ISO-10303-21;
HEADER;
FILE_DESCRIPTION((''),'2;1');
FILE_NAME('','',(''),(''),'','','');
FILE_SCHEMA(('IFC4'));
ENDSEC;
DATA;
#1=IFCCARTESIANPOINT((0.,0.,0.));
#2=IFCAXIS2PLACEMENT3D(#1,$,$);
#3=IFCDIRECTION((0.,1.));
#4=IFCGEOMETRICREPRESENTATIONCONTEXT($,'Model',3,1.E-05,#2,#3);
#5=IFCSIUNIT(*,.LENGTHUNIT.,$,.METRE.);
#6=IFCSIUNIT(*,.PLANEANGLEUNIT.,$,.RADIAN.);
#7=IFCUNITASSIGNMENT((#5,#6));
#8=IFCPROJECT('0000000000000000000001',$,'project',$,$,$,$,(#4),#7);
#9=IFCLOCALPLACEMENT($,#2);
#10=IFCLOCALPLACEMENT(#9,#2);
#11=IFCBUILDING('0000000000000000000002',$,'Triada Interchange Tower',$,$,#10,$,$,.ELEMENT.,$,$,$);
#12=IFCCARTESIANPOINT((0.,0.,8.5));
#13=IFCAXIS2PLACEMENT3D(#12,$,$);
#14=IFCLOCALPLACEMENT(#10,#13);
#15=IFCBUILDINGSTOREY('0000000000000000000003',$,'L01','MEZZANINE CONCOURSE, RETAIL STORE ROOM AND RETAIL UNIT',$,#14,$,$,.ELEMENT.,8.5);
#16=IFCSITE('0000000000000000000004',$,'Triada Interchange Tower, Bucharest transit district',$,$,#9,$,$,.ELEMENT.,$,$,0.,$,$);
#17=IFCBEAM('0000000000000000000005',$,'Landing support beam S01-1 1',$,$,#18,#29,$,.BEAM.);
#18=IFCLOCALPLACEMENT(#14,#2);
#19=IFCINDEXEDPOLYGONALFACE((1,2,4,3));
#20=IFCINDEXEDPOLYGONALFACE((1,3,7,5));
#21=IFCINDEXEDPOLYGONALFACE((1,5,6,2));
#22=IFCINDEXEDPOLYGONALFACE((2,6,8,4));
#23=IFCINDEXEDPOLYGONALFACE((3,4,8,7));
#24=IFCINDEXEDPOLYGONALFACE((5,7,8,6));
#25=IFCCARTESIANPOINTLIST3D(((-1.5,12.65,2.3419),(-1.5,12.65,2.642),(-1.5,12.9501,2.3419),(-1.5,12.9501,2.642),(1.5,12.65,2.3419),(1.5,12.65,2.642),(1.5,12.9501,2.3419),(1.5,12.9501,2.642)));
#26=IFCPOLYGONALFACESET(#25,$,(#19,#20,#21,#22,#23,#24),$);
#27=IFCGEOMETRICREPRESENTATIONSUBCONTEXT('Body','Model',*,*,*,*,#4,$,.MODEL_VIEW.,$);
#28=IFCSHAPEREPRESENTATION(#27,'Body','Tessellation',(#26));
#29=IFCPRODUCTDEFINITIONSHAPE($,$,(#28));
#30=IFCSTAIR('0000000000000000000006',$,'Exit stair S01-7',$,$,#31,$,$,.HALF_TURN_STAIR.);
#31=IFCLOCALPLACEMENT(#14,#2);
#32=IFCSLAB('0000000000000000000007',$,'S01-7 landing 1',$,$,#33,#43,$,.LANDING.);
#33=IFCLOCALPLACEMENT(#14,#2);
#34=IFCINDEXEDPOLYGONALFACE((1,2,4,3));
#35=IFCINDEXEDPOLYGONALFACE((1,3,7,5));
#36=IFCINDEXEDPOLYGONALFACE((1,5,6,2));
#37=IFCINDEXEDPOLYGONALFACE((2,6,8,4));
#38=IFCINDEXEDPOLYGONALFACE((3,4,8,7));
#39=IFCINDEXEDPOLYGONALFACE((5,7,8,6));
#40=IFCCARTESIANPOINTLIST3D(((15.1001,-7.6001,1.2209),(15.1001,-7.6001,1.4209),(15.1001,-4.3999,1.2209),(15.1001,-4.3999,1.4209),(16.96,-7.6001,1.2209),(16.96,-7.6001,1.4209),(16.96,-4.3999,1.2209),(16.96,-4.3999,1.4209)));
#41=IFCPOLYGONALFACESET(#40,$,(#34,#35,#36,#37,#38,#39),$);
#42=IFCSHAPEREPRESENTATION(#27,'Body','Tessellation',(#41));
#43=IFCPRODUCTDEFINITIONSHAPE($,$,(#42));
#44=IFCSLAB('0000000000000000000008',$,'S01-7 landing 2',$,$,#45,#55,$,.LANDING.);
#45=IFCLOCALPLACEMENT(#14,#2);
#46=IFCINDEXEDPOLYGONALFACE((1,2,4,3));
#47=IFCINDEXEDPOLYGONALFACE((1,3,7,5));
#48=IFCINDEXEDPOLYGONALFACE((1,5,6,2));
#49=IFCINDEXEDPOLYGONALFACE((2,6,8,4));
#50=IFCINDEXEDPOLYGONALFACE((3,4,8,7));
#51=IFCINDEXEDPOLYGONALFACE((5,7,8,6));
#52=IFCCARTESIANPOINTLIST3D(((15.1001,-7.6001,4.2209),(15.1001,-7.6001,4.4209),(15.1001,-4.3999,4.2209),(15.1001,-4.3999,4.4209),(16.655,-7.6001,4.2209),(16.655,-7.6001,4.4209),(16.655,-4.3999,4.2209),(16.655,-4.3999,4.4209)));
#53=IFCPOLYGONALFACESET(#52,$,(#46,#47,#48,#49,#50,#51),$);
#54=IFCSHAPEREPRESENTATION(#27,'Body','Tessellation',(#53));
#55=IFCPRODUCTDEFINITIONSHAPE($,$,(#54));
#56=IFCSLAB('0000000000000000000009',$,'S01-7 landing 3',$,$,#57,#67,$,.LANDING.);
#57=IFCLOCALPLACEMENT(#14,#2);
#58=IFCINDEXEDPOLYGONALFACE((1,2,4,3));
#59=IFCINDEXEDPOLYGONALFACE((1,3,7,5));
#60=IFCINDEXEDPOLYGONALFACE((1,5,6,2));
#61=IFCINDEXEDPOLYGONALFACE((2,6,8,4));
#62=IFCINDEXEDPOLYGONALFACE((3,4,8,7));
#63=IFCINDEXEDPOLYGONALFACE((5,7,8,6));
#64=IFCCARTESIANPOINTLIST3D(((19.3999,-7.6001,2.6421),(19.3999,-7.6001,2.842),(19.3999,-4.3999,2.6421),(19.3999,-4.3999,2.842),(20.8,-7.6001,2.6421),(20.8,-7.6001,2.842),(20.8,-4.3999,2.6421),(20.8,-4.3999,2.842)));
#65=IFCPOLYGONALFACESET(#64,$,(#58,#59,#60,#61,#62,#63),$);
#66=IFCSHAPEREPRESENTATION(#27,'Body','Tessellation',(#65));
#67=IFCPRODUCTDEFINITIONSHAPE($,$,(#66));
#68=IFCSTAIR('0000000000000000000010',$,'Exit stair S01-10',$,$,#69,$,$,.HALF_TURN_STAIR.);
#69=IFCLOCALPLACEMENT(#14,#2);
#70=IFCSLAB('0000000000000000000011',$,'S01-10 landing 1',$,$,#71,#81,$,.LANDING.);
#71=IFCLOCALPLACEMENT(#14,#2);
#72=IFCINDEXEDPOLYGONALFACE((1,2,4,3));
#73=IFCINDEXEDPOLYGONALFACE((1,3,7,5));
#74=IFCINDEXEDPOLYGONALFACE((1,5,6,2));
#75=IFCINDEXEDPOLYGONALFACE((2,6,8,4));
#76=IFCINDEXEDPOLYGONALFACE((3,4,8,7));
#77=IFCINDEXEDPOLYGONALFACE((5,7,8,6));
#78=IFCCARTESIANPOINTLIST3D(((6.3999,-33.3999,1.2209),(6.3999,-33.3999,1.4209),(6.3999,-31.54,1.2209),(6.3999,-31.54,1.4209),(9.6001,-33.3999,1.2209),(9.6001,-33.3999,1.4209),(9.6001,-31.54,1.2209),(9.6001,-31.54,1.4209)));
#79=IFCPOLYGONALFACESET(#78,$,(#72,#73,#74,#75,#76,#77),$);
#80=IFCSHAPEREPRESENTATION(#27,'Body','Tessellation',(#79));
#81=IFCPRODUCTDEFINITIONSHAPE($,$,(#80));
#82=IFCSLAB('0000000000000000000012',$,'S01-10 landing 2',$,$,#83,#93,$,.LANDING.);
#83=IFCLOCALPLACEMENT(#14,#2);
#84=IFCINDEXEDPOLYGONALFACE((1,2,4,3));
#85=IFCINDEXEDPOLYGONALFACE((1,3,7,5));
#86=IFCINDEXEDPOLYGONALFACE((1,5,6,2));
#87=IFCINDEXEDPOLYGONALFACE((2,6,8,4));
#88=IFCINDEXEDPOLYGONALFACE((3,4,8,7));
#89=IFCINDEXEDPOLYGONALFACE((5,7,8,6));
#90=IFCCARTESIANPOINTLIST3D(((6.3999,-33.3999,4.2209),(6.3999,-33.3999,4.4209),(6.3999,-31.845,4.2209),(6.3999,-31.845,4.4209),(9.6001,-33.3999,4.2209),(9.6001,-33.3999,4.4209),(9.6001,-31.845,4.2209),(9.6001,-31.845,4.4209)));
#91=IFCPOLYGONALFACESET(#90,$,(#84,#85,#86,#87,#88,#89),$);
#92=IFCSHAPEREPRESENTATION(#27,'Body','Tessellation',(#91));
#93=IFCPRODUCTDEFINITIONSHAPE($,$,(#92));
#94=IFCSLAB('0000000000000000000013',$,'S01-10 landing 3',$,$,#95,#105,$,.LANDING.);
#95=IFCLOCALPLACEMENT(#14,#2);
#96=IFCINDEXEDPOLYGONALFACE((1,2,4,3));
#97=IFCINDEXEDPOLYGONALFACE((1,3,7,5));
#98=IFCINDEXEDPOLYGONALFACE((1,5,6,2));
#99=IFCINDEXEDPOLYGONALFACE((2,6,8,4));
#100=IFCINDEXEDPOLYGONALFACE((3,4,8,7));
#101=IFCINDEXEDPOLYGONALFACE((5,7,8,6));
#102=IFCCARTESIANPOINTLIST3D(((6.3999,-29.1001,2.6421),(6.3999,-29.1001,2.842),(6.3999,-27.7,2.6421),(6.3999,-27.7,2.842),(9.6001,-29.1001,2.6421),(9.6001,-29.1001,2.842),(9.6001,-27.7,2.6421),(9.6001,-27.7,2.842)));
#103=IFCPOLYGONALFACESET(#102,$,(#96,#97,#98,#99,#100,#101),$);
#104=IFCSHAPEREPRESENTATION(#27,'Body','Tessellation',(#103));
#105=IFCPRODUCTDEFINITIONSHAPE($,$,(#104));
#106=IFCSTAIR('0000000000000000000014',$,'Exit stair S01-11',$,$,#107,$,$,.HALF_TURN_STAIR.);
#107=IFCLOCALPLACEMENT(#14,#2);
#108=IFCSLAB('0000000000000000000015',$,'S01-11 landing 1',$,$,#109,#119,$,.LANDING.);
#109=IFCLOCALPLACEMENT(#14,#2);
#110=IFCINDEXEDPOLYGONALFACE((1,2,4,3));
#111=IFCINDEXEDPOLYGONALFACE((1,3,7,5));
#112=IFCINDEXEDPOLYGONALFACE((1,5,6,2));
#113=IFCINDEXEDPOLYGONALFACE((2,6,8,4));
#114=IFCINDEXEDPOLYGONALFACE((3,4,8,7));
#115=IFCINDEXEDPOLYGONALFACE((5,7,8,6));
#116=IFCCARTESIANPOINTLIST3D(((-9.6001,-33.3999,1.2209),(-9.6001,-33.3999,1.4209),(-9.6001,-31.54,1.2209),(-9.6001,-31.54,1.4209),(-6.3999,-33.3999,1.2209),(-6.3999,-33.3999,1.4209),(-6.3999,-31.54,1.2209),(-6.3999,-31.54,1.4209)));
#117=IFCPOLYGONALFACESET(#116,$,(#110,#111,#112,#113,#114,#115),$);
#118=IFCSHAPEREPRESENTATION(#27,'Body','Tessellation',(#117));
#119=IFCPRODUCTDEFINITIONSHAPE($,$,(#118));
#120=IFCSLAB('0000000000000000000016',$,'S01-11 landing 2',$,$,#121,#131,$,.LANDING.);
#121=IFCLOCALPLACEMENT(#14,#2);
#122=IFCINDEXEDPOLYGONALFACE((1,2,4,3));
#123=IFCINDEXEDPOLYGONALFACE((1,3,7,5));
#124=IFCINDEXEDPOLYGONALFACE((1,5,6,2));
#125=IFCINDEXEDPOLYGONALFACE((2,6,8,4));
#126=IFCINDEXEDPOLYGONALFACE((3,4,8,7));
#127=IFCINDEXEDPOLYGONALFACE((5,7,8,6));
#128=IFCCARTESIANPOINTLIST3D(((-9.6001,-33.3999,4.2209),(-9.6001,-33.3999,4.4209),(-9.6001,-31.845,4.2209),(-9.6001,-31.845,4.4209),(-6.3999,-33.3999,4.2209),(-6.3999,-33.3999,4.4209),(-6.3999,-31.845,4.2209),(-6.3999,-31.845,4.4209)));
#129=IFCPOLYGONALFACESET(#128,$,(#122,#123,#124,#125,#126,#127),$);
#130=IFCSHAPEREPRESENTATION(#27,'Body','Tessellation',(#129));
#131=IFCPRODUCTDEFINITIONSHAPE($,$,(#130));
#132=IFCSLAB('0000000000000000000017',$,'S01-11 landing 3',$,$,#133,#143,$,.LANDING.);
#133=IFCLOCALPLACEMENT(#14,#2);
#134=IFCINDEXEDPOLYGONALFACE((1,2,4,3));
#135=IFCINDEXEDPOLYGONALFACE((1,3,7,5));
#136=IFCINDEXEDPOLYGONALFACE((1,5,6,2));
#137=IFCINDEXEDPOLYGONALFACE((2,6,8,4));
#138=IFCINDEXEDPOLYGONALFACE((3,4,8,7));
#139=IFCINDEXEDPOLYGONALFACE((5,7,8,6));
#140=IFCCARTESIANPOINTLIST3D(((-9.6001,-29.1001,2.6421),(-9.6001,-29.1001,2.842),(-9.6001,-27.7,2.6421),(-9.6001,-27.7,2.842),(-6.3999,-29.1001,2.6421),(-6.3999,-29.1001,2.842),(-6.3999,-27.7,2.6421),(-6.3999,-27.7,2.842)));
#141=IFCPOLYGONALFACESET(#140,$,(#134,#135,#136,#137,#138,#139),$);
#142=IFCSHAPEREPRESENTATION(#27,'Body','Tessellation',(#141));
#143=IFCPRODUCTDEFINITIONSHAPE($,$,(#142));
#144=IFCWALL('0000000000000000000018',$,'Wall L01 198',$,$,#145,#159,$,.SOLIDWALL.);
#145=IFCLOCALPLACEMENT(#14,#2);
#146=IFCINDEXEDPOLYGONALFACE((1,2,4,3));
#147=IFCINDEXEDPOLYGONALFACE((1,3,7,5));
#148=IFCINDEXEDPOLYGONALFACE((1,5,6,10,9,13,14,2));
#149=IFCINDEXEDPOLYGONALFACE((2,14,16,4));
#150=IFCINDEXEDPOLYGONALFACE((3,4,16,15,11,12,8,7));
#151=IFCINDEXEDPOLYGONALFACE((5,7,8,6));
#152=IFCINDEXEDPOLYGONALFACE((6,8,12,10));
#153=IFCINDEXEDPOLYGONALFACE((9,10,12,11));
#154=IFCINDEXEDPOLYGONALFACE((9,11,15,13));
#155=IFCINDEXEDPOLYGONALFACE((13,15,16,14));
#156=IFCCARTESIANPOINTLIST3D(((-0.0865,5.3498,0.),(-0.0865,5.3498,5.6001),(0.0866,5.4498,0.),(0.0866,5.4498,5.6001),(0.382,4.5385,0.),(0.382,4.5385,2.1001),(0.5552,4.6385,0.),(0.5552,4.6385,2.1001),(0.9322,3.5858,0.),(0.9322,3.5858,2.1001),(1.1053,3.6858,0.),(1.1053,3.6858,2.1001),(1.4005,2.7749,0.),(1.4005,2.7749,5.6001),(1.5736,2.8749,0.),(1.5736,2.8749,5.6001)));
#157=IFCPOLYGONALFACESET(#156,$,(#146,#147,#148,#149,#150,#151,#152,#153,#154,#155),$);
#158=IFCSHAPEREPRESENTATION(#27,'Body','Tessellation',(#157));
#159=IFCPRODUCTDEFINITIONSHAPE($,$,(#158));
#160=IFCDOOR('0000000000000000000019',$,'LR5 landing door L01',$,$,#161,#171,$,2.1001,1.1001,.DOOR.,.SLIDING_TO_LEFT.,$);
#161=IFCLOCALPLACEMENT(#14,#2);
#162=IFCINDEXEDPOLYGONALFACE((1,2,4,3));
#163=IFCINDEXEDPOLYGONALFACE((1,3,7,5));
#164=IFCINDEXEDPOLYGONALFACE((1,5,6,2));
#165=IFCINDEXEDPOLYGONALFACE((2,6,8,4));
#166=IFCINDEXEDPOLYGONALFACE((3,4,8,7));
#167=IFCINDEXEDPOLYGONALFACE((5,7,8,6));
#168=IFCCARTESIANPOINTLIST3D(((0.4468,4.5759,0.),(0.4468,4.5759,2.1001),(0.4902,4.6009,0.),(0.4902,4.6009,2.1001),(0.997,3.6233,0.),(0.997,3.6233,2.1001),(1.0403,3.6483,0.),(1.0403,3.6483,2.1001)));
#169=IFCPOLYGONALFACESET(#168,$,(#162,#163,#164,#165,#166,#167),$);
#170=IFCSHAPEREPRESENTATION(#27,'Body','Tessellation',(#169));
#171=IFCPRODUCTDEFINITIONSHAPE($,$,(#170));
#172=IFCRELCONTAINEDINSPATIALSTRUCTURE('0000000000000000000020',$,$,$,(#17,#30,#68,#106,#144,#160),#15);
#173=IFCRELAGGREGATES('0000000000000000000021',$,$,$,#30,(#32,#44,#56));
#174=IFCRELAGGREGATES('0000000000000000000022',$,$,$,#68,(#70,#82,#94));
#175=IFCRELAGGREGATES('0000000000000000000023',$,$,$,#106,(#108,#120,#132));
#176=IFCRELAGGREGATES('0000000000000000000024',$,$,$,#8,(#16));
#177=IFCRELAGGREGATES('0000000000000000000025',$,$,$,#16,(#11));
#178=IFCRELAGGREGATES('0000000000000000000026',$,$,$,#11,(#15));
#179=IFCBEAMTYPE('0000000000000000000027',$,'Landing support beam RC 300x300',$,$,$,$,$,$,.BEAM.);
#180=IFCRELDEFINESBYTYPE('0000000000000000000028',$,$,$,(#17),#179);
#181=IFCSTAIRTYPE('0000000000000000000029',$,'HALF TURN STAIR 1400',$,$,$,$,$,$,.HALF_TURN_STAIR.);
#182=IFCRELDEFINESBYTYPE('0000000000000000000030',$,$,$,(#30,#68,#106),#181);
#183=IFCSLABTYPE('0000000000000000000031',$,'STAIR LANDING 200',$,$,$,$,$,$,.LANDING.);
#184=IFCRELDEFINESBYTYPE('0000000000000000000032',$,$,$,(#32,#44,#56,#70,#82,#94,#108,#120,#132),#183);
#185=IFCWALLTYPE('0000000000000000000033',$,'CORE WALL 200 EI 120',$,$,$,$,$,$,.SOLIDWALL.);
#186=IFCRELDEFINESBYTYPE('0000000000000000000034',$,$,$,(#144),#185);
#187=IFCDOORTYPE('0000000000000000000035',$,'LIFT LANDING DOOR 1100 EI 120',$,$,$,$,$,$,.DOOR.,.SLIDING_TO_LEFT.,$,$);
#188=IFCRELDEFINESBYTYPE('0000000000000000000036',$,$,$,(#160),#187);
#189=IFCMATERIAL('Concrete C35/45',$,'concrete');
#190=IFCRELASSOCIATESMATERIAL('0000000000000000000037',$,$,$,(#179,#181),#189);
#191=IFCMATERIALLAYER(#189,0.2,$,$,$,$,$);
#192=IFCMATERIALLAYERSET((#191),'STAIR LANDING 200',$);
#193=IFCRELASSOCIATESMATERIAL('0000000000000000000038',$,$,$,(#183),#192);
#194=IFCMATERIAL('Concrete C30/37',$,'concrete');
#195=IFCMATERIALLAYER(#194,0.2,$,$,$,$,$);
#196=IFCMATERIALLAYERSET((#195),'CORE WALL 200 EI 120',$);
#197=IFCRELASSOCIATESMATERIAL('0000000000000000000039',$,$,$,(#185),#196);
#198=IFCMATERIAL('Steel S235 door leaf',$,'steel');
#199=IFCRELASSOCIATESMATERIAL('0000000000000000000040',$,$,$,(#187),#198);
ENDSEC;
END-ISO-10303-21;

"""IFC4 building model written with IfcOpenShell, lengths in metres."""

from ifc_helpers import new_model, si_unit, direction, frame, frame_2d, origin, origin_2d, place, context, subcontext, project, spatial, polyline, rectangle, outline, extrude, material, layer, layer_set, material_profile, profile_set, type_object, element, fill, aggregate, save


model = new_model("IFC4")

# Units and contexts
model_context = context("Model", 3, precision=1e-05, world=origin(), true_north=direction((0.0, 1.0)))
body_context = subcontext(model_context, "Body", "Model", "MODEL_VIEW")
ifc_project = project(units=[si_unit("LENGTHUNIT", "METRE"), si_unit("PLANEANGLEUNIT", "RADIAN")], contexts=[model_context])

# Site, building, storey
site_placement = place(None, origin())
site = spatial("IfcSite", under=ifc_project, at=site_placement, Name="Triada Interchange Tower, Bucharest transit district", CompositionType="ELEMENT", RefElevation=0.0)
building_placement = place(site_placement, origin())
building = spatial("IfcBuilding", under=site, at=building_placement, Name="Triada Interchange Tower", CompositionType="ELEMENT")
storey_placement = place(building_placement, frame((0.0, 0.0, 8.5)))
storey = spatial("IfcBuildingStorey", under=building, at=storey_placement, Name="L01", Description="MEZZANINE CONCOURSE, RETAIL STORE ROOM AND RETAIL UNIT", CompositionType="ELEMENT", Elevation=8.5)

# Beam
ifc_material_1 = material(Name="Concrete C35/45", Category="concrete")
ifc_material_profile = material_profile(ifc_material_1, rectangle(XDim=0.3, YDim=0.3, at=origin_2d()), Name="RC 300x300")
ifc_profile_set = profile_set([ifc_material_profile], Name="Concrete C35/45")
beam_type = type_object("IfcBeamType", Name="Landing support beam RC 300x300", PredefinedType="BEAM", material=ifc_profile_set)
beam_placement = place(storey_placement, frame((1.5, 12.8, 2.4919), z_axis=(-1.0, 0.0, 0.0), x_axis=(0.0, -1.0, 0.0)))
element("IfcBeam", 1, at=beam_placement, inside=storey, type_object=beam_type, Name="Landing support beam S01-1 1", PredefinedType="BEAM", context=body_context, shape_type="SweptSolid", body=[
    extrude(rectangle(XDim=0.3, YDim=0.3, at=origin_2d()), origin(), (0.0, 0.0, 1.0), 3.0),
])

# Stairs, slabs
stair_type = type_object("IfcStairType", Name="HALF TURN STAIR 1400", PredefinedType="HALF_TURN_STAIR", material=ifc_material_1)
stair_1_placement = place(storey_placement, origin())
stair_1 = element("IfcStair", 2, at=stair_1_placement, inside=storey, type_object=stair_type, Name="Exit stair S01-7", PredefinedType="HALF_TURN_STAIR")
ifc_layer_1 = layer(ifc_material_1, 0.2)
ifc_layer_set_1 = layer_set([ifc_layer_1], Name="STAIR LANDING 200")
slab_type = type_object("IfcSlabType", Name="STAIR LANDING 200", PredefinedType="LANDING", material=ifc_layer_set_1)
slab_1_placement = place(storey_placement, frame((0.0, 0.0, 1.2209)))
slab_1 = element("IfcSlab", 3, at=slab_1_placement, type_object=slab_type, Name="S01-7 landing 1", PredefinedType="LANDING", context=body_context, shape_type="SweptSolid", body=[
    extrude(outline(polyline([(15.1001, -7.6001), (16.96, -7.6001), (16.96, -4.3999), (15.1001, -4.3999), (15.1001, -7.6001)])), origin(), (0.0, 0.0, 1.0), 0.2),
])
slab_2_placement = place(storey_placement, frame((0.0, 0.0, 4.2209)))
slab_2 = element("IfcSlab", 4, at=slab_2_placement, type_object=slab_type, Name="S01-7 landing 2", PredefinedType="LANDING", context=body_context, shape_type="SweptSolid", body=[
    extrude(outline(polyline([(15.1001, -7.6001), (16.655, -7.6001), (16.655, -4.3999), (15.1001, -4.3999), (15.1001, -7.6001)])), origin(), (0.0, 0.0, 1.0), 0.2),
])
slab_3_placement = place(storey_placement, frame((0.0, 0.0, 2.6421)))
slab_3 = element("IfcSlab", 5, at=slab_3_placement, type_object=slab_type, Name="S01-7 landing 3", PredefinedType="LANDING", context=body_context, shape_type="SweptSolid", body=[
    extrude(outline(polyline([(19.3999, -7.6001), (20.8, -7.6001), (20.8, -4.3999), (19.3999, -4.3999), (19.3999, -7.6001)])), origin(), (0.0, 0.0, 1.0), 0.2),
])
aggregate(stair_1, [slab_1, slab_2, slab_3])
stair_2_placement = place(storey_placement, origin())
stair_2 = element("IfcStair", 6, at=stair_2_placement, inside=storey, type_object=stair_type, Name="Exit stair S01-10", PredefinedType="HALF_TURN_STAIR")
slab_4_placement = place(storey_placement, frame((0.0, 0.0, 1.2209)))
slab_4 = element("IfcSlab", 7, at=slab_4_placement, type_object=slab_type, Name="S01-10 landing 1", PredefinedType="LANDING", context=body_context, shape_type="SweptSolid", body=[
    extrude(outline(polyline([(9.6001, -33.3999), (9.6001, -31.54), (6.3999, -31.54), (6.3999, -33.3999), (9.6001, -33.3999)])), origin(), (0.0, 0.0, 1.0), 0.2),
])
slab_5_placement = place(storey_placement, frame((0.0, 0.0, 4.2209)))
slab_5 = element("IfcSlab", 8, at=slab_5_placement, type_object=slab_type, Name="S01-10 landing 2", PredefinedType="LANDING", context=body_context, shape_type="SweptSolid", body=[
    extrude(outline(polyline([(9.6001, -33.3999), (9.6001, -31.845), (6.3999, -31.845), (6.3999, -33.3999), (9.6001, -33.3999)])), origin(), (0.0, 0.0, 1.0), 0.2),
])
slab_6_placement = place(storey_placement, frame((0.0, 0.0, 2.6421)))
slab_6 = element("IfcSlab", 9, at=slab_6_placement, type_object=slab_type, Name="S01-10 landing 3", PredefinedType="LANDING", context=body_context, shape_type="SweptSolid", body=[
    extrude(outline(polyline([(9.6001, -29.1001), (9.6001, -27.7), (6.3999, -27.7), (6.3999, -29.1001), (9.6001, -29.1001)])), origin(), (0.0, 0.0, 1.0), 0.2),
])
aggregate(stair_2, [slab_4, slab_5, slab_6])
stair_3_placement = place(storey_placement, origin())
stair_3 = element("IfcStair", 10, at=stair_3_placement, inside=storey, type_object=stair_type, Name="Exit stair S01-11", PredefinedType="HALF_TURN_STAIR")
slab_7_placement = place(storey_placement, frame((0.0, 0.0, 1.2209)))
slab_7 = element("IfcSlab", 11, at=slab_7_placement, type_object=slab_type, Name="S01-11 landing 1", PredefinedType="LANDING", context=body_context, shape_type="SweptSolid", body=[
    extrude(outline(polyline([(-6.3999, -33.3999), (-6.3999, -31.54), (-9.6001, -31.54), (-9.6001, -33.3999), (-6.3999, -33.3999)])), origin(), (0.0, 0.0, 1.0), 0.2),
])
slab_8_placement = place(storey_placement, frame((0.0, 0.0, 4.2209)))
slab_8 = element("IfcSlab", 12, at=slab_8_placement, type_object=slab_type, Name="S01-11 landing 2", PredefinedType="LANDING", context=body_context, shape_type="SweptSolid", body=[
    extrude(outline(polyline([(-6.3999, -33.3999), (-6.3999, -31.845), (-9.6001, -31.845), (-9.6001, -33.3999), (-6.3999, -33.3999)])), origin(), (0.0, 0.0, 1.0), 0.2),
])
slab_9_placement = place(storey_placement, frame((0.0, 0.0, 2.6421)))
slab_9 = element("IfcSlab", 13, at=slab_9_placement, type_object=slab_type, Name="S01-11 landing 3", PredefinedType="LANDING", context=body_context, shape_type="SweptSolid", body=[
    extrude(outline(polyline([(-6.3999, -29.1001), (-6.3999, -27.7), (-9.6001, -27.7), (-9.6001, -29.1001), (-6.3999, -29.1001)])), origin(), (0.0, 0.0, 1.0), 0.2),
])
aggregate(stair_3, [slab_7, slab_8, slab_9])

# Wall, opening, door
ifc_material_2 = material(Name="Concrete C30/37", Category="concrete")
ifc_layer_2 = layer(ifc_material_2, 0.2)
ifc_layer_set_2 = layer_set([ifc_layer_2], Name="CORE WALL 200 EI 120")
wall_type_1 = type_object("IfcWallType", Name="CORE WALL 200 EI 120", PredefinedType="SOLIDWALL", material=ifc_layer_set_2)
wall_1_placement = place(storey_placement, frame((0.0, 5.3999, 0.0), z_axis=(0.0, 0.0, 1.0), x_axis=(0.500104, -0.865965, 0.0)))
wall_1 = element("IfcWall", 14, at=wall_1_placement, inside=storey, type_object=wall_type_1, Name="Wall L01 198", PredefinedType="SOLIDWALL", context=body_context, shape_type="SweptSolid", body=[
    extrude(rectangle(XDim=2.9734, YDim=0.2, at=frame_2d((1.4868, 0.0))), origin(), (0.0, 0.0, 1.0), 5.6001),
])
opening_1_placement = place(wall_1_placement, frame((0.937, 0.0, 0.0)))
opening_1 = element("IfcOpeningElement", 15, at=opening_1_placement, cuts=wall_1, PredefinedType="OPENING", context=body_context, shape_type="SweptSolid", body=[
    extrude(rectangle(XDim=1.1001, YDim=2.1001, at=frame_2d((0.55, 1.05))), frame((0.0, 0.1099, 0.0), z_axis=(0.0, -1.0, 0.0), x_axis=(1.0, 0.0, 0.0)), (0.0, 0.0, 1.0), 0.22),
])
ifc_material_3 = material(Name="Steel S235 door leaf", Category="steel")
door_type_1 = type_object("IfcDoorType", Name="LIFT LANDING DOOR 1100 EI 120", OperationType="SLIDING_TO_LEFT", PredefinedType="DOOR", material=ifc_material_3)
door_1_placement = place(opening_1_placement, origin())
door_1 = element("IfcDoor", 16, at=door_1_placement, inside=storey, type_object=door_type_1, Name="LR5 landing door L01", OperationType="SLIDING_TO_LEFT", OverallHeight=2.1001, OverallWidth=1.1001, PredefinedType="DOOR", context=body_context, shape_type="SweptSolid", body=[
    extrude(rectangle(XDim=1.1001, YDim=2.1001, at=frame_2d((0.55, 1.05))), frame((0.0, 0.0249, 0.0), z_axis=(0.0, -1.0, 0.0), x_axis=(1.0, 0.0, 0.0)), (0.0, 0.0, 1.0), 0.05),
])
fill(opening_1, door_1)

save(model, "model.ifc")
